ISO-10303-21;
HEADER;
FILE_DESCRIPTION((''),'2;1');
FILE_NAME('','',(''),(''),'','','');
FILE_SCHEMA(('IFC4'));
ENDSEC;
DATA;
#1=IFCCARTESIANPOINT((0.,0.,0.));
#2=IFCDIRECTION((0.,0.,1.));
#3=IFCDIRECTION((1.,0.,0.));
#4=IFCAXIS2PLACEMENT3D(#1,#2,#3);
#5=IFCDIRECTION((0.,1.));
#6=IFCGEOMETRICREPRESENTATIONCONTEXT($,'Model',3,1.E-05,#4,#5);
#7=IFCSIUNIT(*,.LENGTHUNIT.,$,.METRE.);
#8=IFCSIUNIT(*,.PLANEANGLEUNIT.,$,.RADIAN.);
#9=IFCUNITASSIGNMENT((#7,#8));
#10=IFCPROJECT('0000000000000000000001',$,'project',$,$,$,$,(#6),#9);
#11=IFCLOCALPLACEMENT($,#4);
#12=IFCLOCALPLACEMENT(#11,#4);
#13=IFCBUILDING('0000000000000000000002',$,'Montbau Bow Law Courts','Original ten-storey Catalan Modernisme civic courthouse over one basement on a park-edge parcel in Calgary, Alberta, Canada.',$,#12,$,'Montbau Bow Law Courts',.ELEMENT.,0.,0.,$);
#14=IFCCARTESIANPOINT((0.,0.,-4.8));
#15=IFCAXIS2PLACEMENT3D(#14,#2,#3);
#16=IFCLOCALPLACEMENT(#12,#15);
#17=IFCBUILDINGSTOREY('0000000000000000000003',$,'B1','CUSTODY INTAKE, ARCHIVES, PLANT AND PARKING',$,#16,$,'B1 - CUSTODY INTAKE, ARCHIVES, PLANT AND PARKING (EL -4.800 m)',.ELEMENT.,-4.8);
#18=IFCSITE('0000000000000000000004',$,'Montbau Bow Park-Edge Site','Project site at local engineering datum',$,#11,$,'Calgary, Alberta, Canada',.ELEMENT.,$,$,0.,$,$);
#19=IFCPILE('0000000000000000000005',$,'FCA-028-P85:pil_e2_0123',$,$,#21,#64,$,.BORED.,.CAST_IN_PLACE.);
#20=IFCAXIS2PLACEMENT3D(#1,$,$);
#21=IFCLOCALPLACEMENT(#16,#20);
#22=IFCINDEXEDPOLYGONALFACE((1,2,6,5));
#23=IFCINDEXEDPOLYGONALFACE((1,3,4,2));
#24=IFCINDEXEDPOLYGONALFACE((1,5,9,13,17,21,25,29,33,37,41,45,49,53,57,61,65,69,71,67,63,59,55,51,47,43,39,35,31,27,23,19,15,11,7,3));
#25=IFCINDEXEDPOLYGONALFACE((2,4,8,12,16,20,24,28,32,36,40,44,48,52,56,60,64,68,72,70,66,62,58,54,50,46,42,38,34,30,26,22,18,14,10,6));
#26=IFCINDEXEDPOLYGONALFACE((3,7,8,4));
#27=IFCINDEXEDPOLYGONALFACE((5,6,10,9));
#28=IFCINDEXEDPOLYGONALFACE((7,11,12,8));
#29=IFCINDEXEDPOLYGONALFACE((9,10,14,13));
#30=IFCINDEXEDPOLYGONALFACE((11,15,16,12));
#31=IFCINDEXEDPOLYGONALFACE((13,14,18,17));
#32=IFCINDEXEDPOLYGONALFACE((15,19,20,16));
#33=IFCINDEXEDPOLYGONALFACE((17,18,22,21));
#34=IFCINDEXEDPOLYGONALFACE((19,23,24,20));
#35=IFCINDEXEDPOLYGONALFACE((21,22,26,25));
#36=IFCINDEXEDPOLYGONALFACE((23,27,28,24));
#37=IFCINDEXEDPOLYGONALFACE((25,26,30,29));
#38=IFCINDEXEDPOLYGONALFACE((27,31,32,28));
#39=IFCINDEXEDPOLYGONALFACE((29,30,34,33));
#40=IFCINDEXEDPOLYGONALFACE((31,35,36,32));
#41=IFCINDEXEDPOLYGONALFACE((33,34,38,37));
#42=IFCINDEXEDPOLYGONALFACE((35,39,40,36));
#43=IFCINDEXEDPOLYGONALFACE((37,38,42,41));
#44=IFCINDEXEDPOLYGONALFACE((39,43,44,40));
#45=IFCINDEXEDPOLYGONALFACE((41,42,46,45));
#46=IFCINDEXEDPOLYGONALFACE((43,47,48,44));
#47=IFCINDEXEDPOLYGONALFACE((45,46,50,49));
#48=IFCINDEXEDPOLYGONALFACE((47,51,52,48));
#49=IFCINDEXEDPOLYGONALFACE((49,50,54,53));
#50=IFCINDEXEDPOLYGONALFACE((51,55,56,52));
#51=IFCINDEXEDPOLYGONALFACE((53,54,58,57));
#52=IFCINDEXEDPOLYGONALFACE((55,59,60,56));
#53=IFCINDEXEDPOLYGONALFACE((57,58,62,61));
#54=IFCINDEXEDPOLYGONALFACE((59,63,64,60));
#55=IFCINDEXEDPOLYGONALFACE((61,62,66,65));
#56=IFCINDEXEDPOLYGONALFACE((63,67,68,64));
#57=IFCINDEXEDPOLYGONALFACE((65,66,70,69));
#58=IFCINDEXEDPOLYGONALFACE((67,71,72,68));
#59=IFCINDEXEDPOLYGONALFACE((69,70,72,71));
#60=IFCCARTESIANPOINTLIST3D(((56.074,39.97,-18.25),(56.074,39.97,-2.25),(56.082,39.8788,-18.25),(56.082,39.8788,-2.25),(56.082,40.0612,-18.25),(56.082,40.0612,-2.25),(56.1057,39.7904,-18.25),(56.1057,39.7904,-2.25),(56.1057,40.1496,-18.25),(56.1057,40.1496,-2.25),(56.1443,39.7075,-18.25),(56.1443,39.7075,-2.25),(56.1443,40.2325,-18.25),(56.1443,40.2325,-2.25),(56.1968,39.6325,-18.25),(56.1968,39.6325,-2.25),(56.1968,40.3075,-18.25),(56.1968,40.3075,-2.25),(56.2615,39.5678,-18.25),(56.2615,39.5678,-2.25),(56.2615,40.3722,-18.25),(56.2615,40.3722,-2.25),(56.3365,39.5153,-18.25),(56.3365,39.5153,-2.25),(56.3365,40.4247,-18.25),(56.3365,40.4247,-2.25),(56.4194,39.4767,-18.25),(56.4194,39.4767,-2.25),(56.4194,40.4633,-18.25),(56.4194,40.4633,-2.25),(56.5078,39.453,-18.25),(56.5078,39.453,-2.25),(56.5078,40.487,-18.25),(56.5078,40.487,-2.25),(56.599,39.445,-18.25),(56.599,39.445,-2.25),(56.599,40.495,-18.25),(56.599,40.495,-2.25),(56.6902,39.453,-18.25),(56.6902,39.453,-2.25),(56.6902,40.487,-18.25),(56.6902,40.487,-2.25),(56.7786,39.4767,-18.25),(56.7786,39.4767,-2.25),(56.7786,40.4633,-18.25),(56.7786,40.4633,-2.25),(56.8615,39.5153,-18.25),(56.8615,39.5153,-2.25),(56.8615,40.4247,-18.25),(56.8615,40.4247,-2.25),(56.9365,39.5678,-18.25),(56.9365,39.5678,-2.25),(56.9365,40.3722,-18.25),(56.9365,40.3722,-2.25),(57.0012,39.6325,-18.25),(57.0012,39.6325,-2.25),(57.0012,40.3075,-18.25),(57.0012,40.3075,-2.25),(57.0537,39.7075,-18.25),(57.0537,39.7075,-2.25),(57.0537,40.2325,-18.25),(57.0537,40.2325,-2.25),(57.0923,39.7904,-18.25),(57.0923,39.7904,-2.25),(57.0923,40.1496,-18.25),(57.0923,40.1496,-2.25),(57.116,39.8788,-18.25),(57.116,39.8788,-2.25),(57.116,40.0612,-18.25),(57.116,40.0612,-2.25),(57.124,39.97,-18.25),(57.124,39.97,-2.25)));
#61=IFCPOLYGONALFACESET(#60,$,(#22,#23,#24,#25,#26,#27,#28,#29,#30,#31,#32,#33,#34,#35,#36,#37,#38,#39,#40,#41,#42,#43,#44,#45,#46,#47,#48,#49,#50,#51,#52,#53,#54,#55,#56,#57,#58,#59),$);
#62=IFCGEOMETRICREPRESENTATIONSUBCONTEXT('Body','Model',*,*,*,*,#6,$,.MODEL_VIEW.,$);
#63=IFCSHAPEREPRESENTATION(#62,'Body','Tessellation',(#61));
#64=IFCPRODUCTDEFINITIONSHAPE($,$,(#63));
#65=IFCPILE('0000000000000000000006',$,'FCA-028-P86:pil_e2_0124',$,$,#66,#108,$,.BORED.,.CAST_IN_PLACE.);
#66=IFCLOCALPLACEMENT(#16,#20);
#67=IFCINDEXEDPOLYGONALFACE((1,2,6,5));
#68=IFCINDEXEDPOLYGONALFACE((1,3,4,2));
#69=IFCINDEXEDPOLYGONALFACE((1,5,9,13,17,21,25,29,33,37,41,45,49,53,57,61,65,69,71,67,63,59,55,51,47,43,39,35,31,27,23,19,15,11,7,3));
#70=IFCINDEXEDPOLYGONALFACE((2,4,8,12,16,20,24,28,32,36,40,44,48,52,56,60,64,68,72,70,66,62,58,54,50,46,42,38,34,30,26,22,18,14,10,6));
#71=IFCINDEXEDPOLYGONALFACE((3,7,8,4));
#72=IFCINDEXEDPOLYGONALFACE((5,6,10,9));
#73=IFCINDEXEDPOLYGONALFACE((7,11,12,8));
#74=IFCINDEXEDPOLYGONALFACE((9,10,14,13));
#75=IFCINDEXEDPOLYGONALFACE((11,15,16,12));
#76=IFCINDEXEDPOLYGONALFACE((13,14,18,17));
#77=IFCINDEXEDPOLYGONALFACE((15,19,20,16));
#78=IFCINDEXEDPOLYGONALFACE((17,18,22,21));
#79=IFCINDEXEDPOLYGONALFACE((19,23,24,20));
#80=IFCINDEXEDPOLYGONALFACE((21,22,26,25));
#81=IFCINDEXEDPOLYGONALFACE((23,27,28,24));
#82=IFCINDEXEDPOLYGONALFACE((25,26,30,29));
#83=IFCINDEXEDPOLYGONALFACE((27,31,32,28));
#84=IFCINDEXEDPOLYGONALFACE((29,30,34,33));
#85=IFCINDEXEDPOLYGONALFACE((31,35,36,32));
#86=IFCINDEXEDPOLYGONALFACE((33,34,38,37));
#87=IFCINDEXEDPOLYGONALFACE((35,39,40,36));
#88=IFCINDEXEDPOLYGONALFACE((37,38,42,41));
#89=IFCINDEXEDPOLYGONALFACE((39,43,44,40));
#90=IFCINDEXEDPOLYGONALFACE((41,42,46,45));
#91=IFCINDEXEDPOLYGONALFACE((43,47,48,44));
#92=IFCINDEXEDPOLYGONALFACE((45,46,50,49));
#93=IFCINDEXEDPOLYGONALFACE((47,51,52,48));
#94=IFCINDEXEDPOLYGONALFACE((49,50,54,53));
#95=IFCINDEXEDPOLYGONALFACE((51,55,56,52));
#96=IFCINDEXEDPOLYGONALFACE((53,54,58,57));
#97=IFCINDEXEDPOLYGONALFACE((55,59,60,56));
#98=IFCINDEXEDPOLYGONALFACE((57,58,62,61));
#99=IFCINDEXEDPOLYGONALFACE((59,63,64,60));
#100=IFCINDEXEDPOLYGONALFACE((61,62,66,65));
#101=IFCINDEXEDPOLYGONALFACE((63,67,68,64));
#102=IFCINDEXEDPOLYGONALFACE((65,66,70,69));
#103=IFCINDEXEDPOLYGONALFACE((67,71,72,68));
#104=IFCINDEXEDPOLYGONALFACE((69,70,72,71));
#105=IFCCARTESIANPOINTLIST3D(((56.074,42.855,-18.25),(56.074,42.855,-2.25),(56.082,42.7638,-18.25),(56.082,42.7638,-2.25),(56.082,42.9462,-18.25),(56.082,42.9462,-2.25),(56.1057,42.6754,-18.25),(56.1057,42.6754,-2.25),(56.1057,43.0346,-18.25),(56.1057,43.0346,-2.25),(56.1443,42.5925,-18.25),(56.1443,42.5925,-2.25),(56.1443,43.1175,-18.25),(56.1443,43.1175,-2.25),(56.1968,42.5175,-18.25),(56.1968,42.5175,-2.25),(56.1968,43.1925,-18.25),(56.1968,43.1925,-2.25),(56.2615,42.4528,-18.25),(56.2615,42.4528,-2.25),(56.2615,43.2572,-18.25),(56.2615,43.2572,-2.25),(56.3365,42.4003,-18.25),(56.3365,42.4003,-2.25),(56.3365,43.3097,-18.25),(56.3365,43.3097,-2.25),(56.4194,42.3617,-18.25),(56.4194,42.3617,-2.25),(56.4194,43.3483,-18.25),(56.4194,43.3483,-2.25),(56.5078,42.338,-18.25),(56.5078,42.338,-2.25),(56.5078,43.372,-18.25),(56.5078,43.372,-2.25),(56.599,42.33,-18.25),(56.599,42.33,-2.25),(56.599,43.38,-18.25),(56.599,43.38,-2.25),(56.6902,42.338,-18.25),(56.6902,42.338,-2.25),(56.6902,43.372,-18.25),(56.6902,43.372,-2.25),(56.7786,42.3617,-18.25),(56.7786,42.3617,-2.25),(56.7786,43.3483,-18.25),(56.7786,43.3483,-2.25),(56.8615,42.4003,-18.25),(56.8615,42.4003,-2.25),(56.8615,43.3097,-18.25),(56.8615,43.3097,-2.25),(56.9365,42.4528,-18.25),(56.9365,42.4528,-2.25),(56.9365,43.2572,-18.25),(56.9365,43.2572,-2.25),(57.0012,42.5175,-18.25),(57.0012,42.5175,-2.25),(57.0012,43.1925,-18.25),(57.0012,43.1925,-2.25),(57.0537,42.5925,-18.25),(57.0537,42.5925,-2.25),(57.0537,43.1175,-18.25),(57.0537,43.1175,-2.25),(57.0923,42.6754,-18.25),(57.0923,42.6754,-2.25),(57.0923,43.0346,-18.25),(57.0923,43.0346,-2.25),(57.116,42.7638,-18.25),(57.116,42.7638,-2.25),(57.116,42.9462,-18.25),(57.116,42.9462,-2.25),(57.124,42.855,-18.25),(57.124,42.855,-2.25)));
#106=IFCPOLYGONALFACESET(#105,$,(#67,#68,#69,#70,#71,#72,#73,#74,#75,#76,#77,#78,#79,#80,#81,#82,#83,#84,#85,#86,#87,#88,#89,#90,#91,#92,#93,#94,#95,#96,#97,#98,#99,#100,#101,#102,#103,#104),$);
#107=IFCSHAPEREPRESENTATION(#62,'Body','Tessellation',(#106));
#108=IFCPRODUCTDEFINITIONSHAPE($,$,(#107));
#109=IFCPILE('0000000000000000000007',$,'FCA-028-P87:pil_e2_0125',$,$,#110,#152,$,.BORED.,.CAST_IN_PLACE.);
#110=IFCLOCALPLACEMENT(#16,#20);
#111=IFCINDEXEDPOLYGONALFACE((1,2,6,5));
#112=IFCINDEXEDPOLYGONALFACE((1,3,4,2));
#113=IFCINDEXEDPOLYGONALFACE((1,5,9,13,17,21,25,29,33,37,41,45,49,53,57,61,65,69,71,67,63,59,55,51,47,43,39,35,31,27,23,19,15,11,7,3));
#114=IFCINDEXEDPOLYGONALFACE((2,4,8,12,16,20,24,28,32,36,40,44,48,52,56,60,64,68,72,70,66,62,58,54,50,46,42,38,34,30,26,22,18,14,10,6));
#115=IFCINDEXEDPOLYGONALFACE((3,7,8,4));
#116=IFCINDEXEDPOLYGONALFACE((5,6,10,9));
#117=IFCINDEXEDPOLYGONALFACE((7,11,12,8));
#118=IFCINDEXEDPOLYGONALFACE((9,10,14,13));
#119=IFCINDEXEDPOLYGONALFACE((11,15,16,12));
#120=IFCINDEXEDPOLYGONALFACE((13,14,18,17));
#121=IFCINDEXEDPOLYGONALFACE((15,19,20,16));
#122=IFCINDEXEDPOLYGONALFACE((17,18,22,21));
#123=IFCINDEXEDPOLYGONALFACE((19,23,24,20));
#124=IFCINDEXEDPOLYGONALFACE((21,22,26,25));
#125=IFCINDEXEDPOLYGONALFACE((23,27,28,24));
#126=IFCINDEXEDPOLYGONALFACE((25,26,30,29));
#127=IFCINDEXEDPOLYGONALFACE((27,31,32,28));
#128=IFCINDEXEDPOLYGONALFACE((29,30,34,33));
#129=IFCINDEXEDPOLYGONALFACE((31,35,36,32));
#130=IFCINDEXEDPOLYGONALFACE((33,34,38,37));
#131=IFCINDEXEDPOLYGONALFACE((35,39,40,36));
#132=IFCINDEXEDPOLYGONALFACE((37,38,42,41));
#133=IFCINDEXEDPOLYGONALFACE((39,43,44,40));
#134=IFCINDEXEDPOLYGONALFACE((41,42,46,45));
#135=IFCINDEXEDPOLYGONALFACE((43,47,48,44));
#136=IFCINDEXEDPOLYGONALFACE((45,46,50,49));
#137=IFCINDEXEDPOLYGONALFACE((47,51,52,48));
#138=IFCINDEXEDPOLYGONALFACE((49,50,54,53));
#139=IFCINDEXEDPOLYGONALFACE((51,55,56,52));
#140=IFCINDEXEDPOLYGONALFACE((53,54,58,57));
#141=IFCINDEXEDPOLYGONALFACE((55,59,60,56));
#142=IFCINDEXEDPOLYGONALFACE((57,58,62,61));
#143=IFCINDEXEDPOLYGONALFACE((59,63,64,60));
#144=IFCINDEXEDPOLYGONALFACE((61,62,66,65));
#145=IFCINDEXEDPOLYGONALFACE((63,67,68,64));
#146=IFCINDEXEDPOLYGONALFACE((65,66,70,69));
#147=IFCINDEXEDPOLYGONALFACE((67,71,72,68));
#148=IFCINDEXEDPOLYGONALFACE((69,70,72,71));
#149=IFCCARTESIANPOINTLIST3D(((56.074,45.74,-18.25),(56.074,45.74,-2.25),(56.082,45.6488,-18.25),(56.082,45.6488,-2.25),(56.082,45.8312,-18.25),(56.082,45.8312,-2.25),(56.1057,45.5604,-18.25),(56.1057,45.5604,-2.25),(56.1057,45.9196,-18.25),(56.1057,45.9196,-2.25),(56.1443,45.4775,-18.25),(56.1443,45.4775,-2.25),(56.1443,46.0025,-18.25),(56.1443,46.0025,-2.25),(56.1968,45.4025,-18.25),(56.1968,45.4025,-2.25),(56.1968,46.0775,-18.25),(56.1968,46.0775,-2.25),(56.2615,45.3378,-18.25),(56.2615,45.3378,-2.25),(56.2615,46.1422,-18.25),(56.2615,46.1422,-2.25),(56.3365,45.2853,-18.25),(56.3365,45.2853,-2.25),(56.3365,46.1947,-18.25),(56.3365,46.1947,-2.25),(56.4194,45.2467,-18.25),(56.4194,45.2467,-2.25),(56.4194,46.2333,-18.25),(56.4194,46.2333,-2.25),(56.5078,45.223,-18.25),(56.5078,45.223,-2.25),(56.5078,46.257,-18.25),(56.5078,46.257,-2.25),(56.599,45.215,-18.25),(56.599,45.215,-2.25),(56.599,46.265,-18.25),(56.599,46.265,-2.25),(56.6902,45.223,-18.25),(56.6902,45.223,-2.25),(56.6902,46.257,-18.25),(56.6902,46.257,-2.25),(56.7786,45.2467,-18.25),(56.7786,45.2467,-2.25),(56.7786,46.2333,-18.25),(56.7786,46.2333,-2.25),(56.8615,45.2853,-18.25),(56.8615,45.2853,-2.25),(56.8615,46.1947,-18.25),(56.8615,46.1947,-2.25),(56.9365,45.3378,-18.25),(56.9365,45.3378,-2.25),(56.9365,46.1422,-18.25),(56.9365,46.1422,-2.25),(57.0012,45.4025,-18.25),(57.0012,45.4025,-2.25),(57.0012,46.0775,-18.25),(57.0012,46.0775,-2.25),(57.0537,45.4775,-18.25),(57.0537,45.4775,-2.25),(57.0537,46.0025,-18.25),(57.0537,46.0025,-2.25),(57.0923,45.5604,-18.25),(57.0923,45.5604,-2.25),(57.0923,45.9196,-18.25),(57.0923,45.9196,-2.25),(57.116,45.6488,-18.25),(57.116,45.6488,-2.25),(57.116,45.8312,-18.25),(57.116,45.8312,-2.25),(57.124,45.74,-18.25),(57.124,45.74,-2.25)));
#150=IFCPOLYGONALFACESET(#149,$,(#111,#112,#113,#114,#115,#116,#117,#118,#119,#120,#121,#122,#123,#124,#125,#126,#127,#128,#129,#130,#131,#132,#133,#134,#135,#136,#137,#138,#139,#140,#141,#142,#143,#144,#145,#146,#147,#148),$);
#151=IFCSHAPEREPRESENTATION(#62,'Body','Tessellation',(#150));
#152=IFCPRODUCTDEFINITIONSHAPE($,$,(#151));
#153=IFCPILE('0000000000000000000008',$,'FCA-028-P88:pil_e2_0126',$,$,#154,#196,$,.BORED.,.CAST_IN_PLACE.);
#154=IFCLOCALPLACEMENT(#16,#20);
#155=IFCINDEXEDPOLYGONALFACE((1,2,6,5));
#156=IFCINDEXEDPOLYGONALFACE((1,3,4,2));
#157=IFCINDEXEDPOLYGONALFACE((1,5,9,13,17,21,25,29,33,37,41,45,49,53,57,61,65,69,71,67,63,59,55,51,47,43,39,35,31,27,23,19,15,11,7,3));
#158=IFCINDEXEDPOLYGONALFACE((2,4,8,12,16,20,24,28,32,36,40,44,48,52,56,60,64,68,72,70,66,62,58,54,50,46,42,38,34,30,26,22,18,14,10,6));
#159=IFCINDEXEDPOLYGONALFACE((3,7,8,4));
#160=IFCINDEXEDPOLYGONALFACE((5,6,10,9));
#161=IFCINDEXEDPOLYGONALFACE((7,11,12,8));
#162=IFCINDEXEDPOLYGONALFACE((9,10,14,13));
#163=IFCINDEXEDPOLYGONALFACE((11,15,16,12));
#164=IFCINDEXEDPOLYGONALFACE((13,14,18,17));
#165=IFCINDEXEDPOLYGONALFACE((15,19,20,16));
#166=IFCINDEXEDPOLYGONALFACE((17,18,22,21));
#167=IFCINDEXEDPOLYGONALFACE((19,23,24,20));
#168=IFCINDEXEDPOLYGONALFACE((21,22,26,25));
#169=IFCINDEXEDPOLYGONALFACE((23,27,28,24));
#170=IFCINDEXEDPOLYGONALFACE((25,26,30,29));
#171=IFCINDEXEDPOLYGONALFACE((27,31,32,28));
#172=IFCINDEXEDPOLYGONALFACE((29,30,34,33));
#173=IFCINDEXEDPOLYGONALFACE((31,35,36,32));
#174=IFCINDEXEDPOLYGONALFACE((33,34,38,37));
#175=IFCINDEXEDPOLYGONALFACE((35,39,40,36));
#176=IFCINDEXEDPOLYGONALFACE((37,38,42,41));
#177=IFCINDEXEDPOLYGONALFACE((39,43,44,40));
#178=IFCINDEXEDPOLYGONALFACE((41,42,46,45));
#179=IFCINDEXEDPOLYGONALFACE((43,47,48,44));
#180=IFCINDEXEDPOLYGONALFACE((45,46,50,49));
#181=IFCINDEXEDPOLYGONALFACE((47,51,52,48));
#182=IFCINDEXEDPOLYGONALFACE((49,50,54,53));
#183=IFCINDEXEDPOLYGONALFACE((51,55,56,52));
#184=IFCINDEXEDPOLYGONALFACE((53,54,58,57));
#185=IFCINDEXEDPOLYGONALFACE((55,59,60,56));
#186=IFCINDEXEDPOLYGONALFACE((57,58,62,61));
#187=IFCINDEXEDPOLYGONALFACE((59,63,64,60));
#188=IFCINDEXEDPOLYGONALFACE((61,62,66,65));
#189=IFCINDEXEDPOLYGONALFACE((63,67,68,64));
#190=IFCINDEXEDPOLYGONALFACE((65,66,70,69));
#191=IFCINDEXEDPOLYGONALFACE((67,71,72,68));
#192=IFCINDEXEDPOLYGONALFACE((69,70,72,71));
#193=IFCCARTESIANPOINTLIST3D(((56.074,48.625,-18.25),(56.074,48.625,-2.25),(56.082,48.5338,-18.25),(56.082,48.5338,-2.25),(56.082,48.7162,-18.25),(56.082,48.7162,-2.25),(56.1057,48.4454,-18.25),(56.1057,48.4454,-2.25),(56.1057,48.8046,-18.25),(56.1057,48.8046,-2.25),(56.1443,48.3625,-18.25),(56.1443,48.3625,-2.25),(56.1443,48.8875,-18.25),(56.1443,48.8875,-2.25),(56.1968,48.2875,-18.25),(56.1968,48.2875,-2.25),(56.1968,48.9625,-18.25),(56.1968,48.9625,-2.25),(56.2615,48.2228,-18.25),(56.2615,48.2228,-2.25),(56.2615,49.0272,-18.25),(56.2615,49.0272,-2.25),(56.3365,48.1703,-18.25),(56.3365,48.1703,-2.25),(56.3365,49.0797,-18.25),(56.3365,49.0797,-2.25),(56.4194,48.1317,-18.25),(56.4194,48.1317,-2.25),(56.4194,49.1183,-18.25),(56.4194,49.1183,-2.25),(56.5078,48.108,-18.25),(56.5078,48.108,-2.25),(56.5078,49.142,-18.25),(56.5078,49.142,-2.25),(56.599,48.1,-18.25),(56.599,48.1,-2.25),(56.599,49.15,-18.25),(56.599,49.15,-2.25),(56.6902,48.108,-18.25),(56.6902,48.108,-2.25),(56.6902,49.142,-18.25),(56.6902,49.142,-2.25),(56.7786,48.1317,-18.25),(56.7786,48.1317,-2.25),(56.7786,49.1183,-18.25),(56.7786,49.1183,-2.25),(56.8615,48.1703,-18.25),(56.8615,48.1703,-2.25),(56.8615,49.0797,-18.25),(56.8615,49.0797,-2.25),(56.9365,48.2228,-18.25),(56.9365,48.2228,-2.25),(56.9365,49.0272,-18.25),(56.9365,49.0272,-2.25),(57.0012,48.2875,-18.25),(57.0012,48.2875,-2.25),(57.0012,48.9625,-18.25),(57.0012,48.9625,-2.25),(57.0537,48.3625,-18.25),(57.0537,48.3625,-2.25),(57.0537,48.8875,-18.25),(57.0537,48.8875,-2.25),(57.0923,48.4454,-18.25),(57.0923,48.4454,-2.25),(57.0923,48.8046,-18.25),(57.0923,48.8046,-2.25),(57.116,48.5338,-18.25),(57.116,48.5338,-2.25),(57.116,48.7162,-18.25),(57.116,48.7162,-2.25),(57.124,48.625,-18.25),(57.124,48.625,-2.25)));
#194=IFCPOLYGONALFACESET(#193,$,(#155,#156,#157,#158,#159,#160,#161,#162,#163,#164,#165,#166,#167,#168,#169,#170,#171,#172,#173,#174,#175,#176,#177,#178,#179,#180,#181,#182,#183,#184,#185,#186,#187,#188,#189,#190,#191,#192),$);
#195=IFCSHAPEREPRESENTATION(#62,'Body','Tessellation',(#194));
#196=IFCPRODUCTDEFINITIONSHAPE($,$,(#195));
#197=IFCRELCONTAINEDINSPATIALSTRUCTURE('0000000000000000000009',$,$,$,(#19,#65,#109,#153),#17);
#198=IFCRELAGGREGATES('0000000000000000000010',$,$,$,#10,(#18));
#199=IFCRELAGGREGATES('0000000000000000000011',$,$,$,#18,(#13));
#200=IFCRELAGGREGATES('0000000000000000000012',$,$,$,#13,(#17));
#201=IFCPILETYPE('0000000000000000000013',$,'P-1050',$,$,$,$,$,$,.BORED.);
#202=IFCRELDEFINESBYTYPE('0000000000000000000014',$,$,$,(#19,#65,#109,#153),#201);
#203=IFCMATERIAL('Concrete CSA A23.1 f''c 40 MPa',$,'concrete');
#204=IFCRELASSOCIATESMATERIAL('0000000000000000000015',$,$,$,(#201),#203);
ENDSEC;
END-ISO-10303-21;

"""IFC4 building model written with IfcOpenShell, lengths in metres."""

from ifc_helpers import new_model, si_unit, direction, frame, origin_with_axes, origin_2d_with_axis, place, context, subcontext, project, spatial, circle, extrude, material, material_profile, profile_set, type_object, element, save


model = new_model("IFC4")

# Units and contexts
model_context = context("Model", 3, precision=1e-05, world=origin_with_axes(), true_north=direction((0.0, 1.0)))
body_context = subcontext(model_context, "Body", "Model", "MODEL_VIEW")
ifc_project = project(units=[si_unit("LENGTHUNIT", "METRE"), si_unit("PLANEANGLEUNIT", "RADIAN")], contexts=[model_context])

# Site, building, storey
site_placement = place(None, origin_with_axes())
site = spatial("IfcSite", under=ifc_project, at=site_placement, Name="Montbau Bow Park-Edge Site", Description="Project site at local engineering datum", LongName="Calgary, Alberta, Canada", CompositionType="ELEMENT", RefElevation=0.0)
building_placement = place(site_placement, origin_with_axes())
building = spatial("IfcBuilding", under=site, at=building_placement, Name="Montbau Bow Law Courts", Description="Original ten-storey Catalan Modernisme civic courthouse over one basement on a park-edge parcel in Calgary, Alberta, Canada.", LongName="Montbau Bow Law Courts", CompositionType="ELEMENT", ElevationOfRefHeight=0.0, ElevationOfTerrain=0.0)
storey_placement = place(building_placement, frame((0.0, 0.0, -4.8), z_axis=(0.0, 0.0, 1.0), x_axis=(1.0, 0.0, 0.0)))
storey = spatial("IfcBuildingStorey", under=building, at=storey_placement, Name="B1", Description="CUSTODY INTAKE, ARCHIVES, PLANT AND PARKING", LongName="B1 - CUSTODY INTAKE, ARCHIVES, PLANT AND PARKING (EL -4.800 m)", CompositionType="ELEMENT", Elevation=-4.8)

# Piles
ifc_material_1 = material(Name="Concrete CSA A23.1 f'c 40 MPa", Category="concrete")
ifc_material_profile_1 = material_profile(ifc_material_1, circle(Radius=0.525, at=origin_2d_with_axis()), Name="BP1050", Category="Main", Priority=0)
ifc_profile_set_1 = profile_set([ifc_material_profile_1], Name="Concrete CSA A23.1 f'c 40 MPa")
pile_type = type_object("IfcPileType", Name="P-1050", PredefinedType="BORED", material=ifc_profile_set_1)
for number, where, z_axis, x_axis, name in (
    (1, (56.599, 39.97, -23.05), (0.0, 0.0, 1.0), (1.0, 0.0, 0.0), "FCA-028-P85:pil_e2_0123"),
    (2, (56.599, 42.855, -23.05), (0.0, 0.0, 1.0), (1.0, 0.0, 0.0), "FCA-028-P86:pil_e2_0124"),
    (3, (56.599, 45.74, -23.05), (0.0, 0.0, 1.0), (1.0, 0.0, 0.0), "FCA-028-P87:pil_e2_0125"),
    (4, (56.599, 48.625, -23.05), (0.0, 0.0, 1.0), (1.0, 0.0, 0.0), "FCA-028-P88:pil_e2_0126"),
):
    element("IfcPile", number, at=place(None, frame(where, z_axis=z_axis, x_axis=x_axis)), inside=storey, type_object=pile_type, Name=name, ConstructionType="CAST_IN_PLACE", PredefinedType="BORED", context=body_context, shape_type="SweptSolid", body=[
        extrude(circle(Radius=0.525, at=origin_2d_with_axis()), origin_with_axes(), (0.0, 0.0, 1.0), 16.0),
    ])

save(model, "model.ifc")
